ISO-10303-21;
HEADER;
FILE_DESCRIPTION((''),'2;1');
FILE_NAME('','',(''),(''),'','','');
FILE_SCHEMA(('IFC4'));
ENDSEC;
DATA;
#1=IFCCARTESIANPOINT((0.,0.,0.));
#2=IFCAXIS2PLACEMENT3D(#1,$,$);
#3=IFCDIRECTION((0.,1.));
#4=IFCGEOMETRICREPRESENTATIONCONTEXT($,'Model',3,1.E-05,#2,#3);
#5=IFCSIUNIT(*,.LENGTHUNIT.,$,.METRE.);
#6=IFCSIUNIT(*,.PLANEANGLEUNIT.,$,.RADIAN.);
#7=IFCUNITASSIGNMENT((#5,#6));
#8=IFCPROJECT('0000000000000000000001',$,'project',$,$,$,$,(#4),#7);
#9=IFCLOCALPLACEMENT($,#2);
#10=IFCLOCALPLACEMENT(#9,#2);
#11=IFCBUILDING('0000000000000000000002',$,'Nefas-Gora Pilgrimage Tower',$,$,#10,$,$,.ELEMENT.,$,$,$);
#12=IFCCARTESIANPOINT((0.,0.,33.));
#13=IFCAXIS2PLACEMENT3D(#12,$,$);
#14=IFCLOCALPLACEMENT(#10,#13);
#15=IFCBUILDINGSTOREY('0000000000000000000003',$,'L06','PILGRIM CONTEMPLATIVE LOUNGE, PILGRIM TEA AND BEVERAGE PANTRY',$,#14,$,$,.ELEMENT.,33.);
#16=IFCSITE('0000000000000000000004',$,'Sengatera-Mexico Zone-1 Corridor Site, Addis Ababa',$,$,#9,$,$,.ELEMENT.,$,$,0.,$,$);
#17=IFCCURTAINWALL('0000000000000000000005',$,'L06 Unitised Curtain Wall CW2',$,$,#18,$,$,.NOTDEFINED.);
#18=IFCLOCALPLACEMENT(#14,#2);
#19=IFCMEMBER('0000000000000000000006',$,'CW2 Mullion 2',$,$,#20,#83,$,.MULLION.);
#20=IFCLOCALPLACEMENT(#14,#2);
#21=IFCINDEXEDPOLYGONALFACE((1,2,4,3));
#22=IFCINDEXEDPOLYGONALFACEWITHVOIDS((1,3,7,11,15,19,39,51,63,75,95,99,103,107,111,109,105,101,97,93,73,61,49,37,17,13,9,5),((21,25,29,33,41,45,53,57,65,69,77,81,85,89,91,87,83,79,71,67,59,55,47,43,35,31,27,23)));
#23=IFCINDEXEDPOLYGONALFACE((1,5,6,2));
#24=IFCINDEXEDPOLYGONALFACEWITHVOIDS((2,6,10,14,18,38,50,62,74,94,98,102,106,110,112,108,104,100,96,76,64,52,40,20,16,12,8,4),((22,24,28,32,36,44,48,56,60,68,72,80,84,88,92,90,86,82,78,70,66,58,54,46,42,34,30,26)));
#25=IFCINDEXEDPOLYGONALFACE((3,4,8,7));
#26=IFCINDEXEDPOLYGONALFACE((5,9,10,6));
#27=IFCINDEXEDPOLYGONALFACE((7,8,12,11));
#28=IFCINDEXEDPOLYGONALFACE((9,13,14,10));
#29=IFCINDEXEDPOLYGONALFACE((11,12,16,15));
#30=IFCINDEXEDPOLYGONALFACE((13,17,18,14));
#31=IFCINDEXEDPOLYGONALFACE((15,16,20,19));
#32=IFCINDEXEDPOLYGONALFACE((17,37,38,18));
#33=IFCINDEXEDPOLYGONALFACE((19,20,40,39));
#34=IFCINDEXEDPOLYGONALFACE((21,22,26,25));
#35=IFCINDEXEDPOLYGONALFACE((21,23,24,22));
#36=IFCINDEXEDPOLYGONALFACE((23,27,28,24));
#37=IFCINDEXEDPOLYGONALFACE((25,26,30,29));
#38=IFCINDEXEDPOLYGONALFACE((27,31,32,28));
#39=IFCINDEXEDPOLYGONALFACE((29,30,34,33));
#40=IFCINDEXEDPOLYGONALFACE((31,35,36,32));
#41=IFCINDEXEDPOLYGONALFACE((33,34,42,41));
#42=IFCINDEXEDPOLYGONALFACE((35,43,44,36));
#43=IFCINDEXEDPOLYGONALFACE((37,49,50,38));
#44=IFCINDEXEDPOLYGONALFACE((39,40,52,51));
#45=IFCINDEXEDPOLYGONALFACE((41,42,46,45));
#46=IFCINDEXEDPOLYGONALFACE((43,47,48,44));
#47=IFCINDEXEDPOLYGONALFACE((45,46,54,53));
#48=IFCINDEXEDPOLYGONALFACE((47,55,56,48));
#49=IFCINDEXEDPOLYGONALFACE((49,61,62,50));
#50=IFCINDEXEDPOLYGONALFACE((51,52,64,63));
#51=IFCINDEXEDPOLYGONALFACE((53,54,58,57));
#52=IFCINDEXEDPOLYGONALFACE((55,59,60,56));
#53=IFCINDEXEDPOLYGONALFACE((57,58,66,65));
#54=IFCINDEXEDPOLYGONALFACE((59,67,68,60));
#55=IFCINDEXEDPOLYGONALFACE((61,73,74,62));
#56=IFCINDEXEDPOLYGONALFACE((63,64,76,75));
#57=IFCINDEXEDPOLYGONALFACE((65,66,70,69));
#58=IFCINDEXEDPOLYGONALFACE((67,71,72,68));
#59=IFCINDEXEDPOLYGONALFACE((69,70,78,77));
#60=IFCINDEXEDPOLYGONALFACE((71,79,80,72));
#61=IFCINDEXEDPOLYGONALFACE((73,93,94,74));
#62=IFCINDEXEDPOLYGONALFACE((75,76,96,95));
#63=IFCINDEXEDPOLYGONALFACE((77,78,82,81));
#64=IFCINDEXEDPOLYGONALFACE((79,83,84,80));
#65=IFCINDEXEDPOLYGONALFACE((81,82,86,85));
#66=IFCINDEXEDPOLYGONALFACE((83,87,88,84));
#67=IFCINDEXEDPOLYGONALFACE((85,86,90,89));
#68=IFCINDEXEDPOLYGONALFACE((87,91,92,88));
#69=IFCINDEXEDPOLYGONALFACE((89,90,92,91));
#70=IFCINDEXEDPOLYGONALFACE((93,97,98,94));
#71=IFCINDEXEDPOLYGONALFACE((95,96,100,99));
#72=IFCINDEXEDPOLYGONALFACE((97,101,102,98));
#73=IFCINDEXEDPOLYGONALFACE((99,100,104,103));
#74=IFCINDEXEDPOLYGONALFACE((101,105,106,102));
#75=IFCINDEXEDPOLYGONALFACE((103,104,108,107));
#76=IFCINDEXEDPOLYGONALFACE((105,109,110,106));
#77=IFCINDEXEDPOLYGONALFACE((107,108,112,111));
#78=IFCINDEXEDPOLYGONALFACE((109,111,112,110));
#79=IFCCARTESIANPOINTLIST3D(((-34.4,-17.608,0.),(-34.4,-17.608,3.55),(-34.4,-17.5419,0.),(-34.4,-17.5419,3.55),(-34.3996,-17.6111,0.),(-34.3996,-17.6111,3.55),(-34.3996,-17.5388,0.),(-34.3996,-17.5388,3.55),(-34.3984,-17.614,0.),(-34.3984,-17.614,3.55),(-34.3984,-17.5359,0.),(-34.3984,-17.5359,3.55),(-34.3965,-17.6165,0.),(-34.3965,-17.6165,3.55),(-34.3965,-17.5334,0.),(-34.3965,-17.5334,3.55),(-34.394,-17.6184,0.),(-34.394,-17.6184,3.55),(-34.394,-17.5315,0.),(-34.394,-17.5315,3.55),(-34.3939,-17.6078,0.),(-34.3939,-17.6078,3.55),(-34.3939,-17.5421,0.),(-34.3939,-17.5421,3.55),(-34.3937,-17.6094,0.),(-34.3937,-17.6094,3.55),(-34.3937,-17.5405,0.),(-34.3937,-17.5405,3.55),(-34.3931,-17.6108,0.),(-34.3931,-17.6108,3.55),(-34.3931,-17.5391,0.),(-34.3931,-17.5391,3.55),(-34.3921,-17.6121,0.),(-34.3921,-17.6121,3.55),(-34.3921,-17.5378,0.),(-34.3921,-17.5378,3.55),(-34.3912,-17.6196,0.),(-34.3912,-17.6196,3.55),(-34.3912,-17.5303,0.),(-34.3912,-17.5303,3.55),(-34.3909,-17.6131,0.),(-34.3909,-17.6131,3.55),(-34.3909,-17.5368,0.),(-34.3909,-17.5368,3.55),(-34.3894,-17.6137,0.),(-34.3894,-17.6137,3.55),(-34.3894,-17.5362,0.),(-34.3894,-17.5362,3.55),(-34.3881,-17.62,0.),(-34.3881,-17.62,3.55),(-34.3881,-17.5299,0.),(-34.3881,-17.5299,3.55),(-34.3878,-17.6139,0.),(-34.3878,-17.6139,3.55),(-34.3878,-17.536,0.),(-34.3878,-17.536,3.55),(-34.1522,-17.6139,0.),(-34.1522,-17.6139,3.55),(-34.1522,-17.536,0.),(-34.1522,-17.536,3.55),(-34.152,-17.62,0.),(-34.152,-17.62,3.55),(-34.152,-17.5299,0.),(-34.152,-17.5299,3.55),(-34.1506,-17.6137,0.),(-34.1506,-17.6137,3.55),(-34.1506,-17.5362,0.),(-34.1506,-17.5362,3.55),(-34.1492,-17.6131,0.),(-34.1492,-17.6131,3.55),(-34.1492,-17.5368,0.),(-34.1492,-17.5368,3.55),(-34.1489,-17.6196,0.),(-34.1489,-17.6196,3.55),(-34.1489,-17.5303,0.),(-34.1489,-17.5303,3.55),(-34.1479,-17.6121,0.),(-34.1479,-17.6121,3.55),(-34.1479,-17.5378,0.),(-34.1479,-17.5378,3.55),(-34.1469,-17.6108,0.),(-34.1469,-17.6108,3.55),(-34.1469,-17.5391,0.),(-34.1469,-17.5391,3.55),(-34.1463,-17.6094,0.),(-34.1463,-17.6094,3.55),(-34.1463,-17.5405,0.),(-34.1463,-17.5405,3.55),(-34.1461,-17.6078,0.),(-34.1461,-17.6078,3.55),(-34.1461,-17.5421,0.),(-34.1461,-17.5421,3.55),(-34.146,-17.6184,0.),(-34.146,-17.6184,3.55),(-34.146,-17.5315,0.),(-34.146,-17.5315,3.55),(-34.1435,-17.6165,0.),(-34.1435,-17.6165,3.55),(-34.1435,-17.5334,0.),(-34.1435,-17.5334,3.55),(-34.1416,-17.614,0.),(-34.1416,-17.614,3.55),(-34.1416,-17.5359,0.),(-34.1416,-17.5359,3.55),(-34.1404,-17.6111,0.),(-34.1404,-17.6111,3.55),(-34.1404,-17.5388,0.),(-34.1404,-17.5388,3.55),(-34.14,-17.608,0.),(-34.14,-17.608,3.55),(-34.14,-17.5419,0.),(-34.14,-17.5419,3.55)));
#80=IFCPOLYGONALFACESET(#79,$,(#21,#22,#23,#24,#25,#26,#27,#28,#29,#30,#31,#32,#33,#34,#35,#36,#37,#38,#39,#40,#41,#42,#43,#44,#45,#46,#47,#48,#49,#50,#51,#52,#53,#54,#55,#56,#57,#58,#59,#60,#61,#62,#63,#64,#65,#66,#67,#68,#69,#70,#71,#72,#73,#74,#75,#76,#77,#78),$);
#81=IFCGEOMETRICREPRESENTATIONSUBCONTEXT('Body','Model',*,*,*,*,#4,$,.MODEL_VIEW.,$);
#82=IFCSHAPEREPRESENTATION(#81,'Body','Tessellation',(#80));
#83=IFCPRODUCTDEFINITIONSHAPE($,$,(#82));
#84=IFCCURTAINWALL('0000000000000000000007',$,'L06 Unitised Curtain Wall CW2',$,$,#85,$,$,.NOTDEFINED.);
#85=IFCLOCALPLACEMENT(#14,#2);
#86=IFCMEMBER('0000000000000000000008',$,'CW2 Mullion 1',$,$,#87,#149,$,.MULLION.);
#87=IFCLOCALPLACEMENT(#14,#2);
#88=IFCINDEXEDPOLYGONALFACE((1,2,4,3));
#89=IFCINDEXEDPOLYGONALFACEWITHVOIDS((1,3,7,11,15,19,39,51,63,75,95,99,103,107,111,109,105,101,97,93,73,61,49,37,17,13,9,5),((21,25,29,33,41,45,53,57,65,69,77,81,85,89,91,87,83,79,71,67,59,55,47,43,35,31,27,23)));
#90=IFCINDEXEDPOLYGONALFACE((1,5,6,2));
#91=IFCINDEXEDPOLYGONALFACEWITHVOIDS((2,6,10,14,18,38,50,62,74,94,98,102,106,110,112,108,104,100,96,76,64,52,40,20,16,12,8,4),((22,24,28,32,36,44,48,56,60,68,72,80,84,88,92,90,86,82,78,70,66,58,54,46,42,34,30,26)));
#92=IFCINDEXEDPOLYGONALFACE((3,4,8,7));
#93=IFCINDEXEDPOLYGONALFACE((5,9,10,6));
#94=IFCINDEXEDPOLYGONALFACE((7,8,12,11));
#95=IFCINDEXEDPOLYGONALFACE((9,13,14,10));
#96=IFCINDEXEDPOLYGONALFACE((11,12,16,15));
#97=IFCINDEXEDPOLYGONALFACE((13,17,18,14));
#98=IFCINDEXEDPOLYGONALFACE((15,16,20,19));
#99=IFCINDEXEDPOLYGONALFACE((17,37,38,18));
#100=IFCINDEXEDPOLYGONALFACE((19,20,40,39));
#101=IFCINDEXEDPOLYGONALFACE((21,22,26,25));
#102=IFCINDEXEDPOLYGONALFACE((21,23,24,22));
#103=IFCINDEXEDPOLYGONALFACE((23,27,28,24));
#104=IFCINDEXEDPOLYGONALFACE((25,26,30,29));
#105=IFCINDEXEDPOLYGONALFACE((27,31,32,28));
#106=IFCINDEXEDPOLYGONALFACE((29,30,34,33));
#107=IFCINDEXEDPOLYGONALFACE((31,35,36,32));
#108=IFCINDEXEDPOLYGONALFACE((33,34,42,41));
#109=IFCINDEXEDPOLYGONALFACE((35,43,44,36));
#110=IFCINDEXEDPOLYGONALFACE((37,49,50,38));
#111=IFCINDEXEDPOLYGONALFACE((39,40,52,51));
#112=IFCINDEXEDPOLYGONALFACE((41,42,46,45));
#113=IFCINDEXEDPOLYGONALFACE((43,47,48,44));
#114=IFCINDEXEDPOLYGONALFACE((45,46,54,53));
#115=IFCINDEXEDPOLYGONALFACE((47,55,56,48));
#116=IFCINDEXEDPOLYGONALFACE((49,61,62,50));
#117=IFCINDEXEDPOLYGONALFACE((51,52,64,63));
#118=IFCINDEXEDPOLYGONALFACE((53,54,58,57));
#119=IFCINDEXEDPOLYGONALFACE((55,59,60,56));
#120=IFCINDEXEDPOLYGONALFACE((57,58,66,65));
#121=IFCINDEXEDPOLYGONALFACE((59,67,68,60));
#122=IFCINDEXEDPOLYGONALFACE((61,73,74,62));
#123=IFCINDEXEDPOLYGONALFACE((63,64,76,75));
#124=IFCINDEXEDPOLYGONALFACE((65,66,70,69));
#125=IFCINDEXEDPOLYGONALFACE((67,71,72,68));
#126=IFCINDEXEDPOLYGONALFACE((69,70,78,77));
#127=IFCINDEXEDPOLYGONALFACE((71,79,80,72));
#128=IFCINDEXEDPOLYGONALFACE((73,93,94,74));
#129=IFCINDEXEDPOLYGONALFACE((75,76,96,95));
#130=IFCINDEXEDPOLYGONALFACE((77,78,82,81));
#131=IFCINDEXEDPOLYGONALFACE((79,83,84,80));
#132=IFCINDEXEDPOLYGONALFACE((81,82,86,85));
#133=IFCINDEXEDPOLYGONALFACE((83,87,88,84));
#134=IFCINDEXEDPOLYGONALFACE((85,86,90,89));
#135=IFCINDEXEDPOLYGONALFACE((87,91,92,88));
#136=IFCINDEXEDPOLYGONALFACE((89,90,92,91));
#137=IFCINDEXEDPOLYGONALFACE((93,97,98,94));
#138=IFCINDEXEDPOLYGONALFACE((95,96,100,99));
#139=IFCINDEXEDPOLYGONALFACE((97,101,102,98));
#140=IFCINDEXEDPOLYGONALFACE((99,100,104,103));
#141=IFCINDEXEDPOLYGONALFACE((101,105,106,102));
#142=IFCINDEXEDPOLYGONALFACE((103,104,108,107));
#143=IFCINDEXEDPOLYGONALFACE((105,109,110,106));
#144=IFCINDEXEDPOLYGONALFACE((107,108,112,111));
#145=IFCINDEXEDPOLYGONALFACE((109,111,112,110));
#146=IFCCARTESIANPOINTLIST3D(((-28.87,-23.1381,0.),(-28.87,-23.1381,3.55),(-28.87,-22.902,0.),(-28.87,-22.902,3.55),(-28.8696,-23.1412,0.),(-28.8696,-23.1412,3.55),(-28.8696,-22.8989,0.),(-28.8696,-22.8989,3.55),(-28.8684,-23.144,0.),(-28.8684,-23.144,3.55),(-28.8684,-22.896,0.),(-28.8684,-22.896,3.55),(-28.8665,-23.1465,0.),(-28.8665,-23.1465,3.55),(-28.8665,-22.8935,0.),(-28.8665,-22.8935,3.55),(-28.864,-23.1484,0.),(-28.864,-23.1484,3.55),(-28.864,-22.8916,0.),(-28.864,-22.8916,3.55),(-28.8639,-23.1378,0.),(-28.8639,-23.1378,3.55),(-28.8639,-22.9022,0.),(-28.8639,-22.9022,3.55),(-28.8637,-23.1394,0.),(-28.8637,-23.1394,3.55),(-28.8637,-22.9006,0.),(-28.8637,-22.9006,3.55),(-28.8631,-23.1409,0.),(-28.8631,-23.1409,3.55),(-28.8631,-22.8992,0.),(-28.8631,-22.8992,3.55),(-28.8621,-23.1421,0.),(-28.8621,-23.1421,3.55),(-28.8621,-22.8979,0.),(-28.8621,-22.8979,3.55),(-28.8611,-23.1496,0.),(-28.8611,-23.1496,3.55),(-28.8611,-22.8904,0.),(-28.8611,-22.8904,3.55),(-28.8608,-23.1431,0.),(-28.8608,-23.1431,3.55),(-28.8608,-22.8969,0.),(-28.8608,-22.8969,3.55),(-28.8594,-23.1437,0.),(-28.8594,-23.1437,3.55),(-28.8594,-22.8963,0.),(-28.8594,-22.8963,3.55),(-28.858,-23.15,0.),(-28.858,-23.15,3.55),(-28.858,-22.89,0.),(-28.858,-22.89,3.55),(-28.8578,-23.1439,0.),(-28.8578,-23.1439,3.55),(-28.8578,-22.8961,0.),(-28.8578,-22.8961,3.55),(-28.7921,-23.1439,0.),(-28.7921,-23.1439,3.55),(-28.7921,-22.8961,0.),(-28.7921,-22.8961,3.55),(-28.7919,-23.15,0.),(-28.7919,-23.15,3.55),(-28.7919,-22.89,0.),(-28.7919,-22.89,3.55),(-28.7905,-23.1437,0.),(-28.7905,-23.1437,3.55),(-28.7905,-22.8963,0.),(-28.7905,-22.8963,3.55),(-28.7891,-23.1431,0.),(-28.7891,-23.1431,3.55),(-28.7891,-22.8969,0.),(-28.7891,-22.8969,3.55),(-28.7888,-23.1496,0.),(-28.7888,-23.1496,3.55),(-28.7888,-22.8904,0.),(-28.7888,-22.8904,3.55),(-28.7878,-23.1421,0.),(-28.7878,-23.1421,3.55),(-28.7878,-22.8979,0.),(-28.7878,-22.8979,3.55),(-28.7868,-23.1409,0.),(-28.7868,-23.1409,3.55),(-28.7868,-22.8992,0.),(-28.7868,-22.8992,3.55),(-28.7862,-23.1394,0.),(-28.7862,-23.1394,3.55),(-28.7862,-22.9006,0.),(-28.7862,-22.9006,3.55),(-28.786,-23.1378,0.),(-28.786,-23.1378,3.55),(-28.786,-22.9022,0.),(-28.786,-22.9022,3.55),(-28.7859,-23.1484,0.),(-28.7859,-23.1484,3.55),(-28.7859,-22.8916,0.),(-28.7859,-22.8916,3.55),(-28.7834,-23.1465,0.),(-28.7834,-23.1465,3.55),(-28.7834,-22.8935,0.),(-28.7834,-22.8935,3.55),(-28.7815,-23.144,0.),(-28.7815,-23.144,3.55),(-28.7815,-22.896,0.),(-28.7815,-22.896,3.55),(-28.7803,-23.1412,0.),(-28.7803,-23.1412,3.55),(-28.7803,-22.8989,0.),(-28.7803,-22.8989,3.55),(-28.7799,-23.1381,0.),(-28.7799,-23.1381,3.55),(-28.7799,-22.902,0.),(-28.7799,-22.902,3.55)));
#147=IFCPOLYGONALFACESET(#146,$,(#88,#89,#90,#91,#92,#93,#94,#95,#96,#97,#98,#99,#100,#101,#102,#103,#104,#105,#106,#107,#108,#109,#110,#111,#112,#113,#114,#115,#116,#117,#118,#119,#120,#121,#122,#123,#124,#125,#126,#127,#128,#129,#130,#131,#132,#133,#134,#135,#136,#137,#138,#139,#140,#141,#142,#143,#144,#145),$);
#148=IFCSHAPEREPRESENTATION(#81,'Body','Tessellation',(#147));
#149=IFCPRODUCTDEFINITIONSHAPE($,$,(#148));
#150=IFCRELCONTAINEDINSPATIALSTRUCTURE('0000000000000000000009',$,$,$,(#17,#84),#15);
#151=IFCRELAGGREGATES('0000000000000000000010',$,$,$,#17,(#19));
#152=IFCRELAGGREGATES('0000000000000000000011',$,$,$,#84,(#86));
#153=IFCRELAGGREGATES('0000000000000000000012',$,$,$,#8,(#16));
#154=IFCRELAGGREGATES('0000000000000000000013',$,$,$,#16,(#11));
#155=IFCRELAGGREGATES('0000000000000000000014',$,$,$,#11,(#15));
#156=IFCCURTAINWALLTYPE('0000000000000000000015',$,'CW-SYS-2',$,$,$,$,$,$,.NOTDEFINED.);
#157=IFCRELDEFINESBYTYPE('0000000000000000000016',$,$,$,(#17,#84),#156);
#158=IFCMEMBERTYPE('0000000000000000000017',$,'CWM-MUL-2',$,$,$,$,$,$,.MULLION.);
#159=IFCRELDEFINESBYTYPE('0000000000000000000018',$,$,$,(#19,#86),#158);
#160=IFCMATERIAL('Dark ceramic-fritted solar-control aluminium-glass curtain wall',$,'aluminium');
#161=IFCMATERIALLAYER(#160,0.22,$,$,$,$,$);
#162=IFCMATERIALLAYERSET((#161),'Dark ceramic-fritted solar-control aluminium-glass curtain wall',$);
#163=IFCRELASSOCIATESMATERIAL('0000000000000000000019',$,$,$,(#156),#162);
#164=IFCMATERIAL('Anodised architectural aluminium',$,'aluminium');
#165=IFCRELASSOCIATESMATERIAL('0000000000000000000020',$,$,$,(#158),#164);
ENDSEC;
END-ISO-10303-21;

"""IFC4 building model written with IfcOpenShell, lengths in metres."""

from ifc_helpers import new_model, si_unit, direction, frame, origin, origin_2d, place, context, subcontext, project, spatial, hollow_rectangle, extrude, source, transform, mapped, material, layer, layer_set, material_profile, profile_set, type_object, element, aggregate, save


model = new_model("IFC4")

# Units and contexts
model_context = context("Model", 3, precision=1e-05, world=origin(), true_north=direction((0.0, 1.0)))
body_context = subcontext(model_context, "Body", "Model", "MODEL_VIEW")
ifc_project = project(units=[si_unit("LENGTHUNIT", "METRE"), si_unit("PLANEANGLEUNIT", "RADIAN")], contexts=[model_context])

# Site, building, storey
site_placement = place(None, origin())
site = spatial("IfcSite", under=ifc_project, at=site_placement, Name="Sengatera-Mexico Zone-1 Corridor Site, Addis Ababa", CompositionType="ELEMENT", RefElevation=0.0)
building_placement = place(site_placement, origin())
building = spatial("IfcBuilding", under=site, at=building_placement, Name="Nefas-Gora Pilgrimage Tower", CompositionType="ELEMENT")
storey_placement = place(building_placement, frame((0.0, 0.0, 33.0)))
storey = spatial("IfcBuildingStorey", under=building, at=storey_placement, Name="L06", Description="PILGRIM CONTEMPLATIVE LOUNGE, PILGRIM TEA AND BEVERAGE PANTRY", CompositionType="ELEMENT", Elevation=33.0)

# Shared definitions
ifc_material_1 = material(Name="Dark ceramic-fritted solar-control aluminium-glass curtain wall", Category="aluminium")
ifc_material_2 = material(Name="Anodised architectural aluminium", Category="aluminium")

# Curtain wall, member
ifc_layer_1 = layer(ifc_material_1, 0.22)
ifc_layer_set_1 = layer_set([ifc_layer_1], Name="Dark ceramic-fritted solar-control aluminium-glass curtain wall")
curtain_wall_type_1 = type_object("IfcCurtainWallType", Name="CW-SYS-2", PredefinedType="NOTDEFINED", material=ifc_layer_set_1)
curtain_wall_1_placement = place(storey_placement, origin())
curtain_wall_1 = element("IfcCurtainWall", 1, at=curtain_wall_1_placement, inside=storey, type_object=curtain_wall_type_1, Name="L06 Unitised Curtain Wall CW2", PredefinedType="NOTDEFINED")
ifc_material_profile_1 = material_profile(ifc_material_2, hollow_rectangle(XDim=0.0901, YDim=0.26, WallThickness=0.0061, InnerFilletRadius=0.0061, OuterFilletRadius=0.012, at=origin_2d()), Name="ALU MULLION 90x260")
ifc_profile_set_1 = profile_set([ifc_material_profile_1], Name="Anodised architectural aluminium")
member_type_1 = type_object("IfcMemberType", Name="CWM-MUL-2", PredefinedType="MULLION", material=ifc_profile_set_1)
shared_shape_1 = source(origin(), body_context, "Body", "SweptSolid", [
    extrude(hollow_rectangle(XDim=0.0901, YDim=0.26, WallThickness=0.0061, InnerFilletRadius=0.0061, OuterFilletRadius=0.012, at=origin_2d()), origin(), (0.0, 0.0, 1.0), 3.55),
])
member_1_placement = place(storey_placement, frame((-34.27, -17.575, 0.0), z_axis=(0.0, 0.0, 1.0), x_axis=(0.0, -1.0, 0.0)))
member_1 = element("IfcMember", 2, at=member_1_placement, type_object=member_type_1, Name="CW2 Mullion 2", PredefinedType="MULLION", context=body_context, shape_type="MappedRepresentation", body=[
    mapped(shared_shape_1, transform((0.0, 0.0, 0.0), x_axis=(1.0, 0.0, 0.0), y_axis=(0.0, 1.0, 0.0), z_axis=(0.0, 0.0, 1.0), scale=1.0)),
])

# Curtain wall, member
curtain_wall_2_placement = place(storey_placement, origin())
curtain_wall_2 = element("IfcCurtainWall", 3, at=curtain_wall_2_placement, inside=storey, type_object=curtain_wall_type_1, Name="L06 Unitised Curtain Wall CW2", PredefinedType="NOTDEFINED")
member_2_placement = place(storey_placement, frame((-28.825, -23.02, 0.0), z_axis=(0.0, 0.0, 1.0), x_axis=(1.0, 0.0, 0.0)))
member_2 = element("IfcMember", 4, at=member_2_placement, type_object=member_type_1, Name="CW2 Mullion 1", PredefinedType="MULLION", context=body_context, shape_type="MappedRepresentation", body=[
    mapped(shared_shape_1, transform((0.0, 0.0, 0.0), x_axis=(1.0, 0.0, 0.0), y_axis=(0.0, 1.0, 0.0), z_axis=(0.0, 0.0, 1.0), scale=1.0)),
])

aggregate(curtain_wall_1, [member_1])
aggregate(curtain_wall_2, [member_2])

save(model, "model.ifc")
